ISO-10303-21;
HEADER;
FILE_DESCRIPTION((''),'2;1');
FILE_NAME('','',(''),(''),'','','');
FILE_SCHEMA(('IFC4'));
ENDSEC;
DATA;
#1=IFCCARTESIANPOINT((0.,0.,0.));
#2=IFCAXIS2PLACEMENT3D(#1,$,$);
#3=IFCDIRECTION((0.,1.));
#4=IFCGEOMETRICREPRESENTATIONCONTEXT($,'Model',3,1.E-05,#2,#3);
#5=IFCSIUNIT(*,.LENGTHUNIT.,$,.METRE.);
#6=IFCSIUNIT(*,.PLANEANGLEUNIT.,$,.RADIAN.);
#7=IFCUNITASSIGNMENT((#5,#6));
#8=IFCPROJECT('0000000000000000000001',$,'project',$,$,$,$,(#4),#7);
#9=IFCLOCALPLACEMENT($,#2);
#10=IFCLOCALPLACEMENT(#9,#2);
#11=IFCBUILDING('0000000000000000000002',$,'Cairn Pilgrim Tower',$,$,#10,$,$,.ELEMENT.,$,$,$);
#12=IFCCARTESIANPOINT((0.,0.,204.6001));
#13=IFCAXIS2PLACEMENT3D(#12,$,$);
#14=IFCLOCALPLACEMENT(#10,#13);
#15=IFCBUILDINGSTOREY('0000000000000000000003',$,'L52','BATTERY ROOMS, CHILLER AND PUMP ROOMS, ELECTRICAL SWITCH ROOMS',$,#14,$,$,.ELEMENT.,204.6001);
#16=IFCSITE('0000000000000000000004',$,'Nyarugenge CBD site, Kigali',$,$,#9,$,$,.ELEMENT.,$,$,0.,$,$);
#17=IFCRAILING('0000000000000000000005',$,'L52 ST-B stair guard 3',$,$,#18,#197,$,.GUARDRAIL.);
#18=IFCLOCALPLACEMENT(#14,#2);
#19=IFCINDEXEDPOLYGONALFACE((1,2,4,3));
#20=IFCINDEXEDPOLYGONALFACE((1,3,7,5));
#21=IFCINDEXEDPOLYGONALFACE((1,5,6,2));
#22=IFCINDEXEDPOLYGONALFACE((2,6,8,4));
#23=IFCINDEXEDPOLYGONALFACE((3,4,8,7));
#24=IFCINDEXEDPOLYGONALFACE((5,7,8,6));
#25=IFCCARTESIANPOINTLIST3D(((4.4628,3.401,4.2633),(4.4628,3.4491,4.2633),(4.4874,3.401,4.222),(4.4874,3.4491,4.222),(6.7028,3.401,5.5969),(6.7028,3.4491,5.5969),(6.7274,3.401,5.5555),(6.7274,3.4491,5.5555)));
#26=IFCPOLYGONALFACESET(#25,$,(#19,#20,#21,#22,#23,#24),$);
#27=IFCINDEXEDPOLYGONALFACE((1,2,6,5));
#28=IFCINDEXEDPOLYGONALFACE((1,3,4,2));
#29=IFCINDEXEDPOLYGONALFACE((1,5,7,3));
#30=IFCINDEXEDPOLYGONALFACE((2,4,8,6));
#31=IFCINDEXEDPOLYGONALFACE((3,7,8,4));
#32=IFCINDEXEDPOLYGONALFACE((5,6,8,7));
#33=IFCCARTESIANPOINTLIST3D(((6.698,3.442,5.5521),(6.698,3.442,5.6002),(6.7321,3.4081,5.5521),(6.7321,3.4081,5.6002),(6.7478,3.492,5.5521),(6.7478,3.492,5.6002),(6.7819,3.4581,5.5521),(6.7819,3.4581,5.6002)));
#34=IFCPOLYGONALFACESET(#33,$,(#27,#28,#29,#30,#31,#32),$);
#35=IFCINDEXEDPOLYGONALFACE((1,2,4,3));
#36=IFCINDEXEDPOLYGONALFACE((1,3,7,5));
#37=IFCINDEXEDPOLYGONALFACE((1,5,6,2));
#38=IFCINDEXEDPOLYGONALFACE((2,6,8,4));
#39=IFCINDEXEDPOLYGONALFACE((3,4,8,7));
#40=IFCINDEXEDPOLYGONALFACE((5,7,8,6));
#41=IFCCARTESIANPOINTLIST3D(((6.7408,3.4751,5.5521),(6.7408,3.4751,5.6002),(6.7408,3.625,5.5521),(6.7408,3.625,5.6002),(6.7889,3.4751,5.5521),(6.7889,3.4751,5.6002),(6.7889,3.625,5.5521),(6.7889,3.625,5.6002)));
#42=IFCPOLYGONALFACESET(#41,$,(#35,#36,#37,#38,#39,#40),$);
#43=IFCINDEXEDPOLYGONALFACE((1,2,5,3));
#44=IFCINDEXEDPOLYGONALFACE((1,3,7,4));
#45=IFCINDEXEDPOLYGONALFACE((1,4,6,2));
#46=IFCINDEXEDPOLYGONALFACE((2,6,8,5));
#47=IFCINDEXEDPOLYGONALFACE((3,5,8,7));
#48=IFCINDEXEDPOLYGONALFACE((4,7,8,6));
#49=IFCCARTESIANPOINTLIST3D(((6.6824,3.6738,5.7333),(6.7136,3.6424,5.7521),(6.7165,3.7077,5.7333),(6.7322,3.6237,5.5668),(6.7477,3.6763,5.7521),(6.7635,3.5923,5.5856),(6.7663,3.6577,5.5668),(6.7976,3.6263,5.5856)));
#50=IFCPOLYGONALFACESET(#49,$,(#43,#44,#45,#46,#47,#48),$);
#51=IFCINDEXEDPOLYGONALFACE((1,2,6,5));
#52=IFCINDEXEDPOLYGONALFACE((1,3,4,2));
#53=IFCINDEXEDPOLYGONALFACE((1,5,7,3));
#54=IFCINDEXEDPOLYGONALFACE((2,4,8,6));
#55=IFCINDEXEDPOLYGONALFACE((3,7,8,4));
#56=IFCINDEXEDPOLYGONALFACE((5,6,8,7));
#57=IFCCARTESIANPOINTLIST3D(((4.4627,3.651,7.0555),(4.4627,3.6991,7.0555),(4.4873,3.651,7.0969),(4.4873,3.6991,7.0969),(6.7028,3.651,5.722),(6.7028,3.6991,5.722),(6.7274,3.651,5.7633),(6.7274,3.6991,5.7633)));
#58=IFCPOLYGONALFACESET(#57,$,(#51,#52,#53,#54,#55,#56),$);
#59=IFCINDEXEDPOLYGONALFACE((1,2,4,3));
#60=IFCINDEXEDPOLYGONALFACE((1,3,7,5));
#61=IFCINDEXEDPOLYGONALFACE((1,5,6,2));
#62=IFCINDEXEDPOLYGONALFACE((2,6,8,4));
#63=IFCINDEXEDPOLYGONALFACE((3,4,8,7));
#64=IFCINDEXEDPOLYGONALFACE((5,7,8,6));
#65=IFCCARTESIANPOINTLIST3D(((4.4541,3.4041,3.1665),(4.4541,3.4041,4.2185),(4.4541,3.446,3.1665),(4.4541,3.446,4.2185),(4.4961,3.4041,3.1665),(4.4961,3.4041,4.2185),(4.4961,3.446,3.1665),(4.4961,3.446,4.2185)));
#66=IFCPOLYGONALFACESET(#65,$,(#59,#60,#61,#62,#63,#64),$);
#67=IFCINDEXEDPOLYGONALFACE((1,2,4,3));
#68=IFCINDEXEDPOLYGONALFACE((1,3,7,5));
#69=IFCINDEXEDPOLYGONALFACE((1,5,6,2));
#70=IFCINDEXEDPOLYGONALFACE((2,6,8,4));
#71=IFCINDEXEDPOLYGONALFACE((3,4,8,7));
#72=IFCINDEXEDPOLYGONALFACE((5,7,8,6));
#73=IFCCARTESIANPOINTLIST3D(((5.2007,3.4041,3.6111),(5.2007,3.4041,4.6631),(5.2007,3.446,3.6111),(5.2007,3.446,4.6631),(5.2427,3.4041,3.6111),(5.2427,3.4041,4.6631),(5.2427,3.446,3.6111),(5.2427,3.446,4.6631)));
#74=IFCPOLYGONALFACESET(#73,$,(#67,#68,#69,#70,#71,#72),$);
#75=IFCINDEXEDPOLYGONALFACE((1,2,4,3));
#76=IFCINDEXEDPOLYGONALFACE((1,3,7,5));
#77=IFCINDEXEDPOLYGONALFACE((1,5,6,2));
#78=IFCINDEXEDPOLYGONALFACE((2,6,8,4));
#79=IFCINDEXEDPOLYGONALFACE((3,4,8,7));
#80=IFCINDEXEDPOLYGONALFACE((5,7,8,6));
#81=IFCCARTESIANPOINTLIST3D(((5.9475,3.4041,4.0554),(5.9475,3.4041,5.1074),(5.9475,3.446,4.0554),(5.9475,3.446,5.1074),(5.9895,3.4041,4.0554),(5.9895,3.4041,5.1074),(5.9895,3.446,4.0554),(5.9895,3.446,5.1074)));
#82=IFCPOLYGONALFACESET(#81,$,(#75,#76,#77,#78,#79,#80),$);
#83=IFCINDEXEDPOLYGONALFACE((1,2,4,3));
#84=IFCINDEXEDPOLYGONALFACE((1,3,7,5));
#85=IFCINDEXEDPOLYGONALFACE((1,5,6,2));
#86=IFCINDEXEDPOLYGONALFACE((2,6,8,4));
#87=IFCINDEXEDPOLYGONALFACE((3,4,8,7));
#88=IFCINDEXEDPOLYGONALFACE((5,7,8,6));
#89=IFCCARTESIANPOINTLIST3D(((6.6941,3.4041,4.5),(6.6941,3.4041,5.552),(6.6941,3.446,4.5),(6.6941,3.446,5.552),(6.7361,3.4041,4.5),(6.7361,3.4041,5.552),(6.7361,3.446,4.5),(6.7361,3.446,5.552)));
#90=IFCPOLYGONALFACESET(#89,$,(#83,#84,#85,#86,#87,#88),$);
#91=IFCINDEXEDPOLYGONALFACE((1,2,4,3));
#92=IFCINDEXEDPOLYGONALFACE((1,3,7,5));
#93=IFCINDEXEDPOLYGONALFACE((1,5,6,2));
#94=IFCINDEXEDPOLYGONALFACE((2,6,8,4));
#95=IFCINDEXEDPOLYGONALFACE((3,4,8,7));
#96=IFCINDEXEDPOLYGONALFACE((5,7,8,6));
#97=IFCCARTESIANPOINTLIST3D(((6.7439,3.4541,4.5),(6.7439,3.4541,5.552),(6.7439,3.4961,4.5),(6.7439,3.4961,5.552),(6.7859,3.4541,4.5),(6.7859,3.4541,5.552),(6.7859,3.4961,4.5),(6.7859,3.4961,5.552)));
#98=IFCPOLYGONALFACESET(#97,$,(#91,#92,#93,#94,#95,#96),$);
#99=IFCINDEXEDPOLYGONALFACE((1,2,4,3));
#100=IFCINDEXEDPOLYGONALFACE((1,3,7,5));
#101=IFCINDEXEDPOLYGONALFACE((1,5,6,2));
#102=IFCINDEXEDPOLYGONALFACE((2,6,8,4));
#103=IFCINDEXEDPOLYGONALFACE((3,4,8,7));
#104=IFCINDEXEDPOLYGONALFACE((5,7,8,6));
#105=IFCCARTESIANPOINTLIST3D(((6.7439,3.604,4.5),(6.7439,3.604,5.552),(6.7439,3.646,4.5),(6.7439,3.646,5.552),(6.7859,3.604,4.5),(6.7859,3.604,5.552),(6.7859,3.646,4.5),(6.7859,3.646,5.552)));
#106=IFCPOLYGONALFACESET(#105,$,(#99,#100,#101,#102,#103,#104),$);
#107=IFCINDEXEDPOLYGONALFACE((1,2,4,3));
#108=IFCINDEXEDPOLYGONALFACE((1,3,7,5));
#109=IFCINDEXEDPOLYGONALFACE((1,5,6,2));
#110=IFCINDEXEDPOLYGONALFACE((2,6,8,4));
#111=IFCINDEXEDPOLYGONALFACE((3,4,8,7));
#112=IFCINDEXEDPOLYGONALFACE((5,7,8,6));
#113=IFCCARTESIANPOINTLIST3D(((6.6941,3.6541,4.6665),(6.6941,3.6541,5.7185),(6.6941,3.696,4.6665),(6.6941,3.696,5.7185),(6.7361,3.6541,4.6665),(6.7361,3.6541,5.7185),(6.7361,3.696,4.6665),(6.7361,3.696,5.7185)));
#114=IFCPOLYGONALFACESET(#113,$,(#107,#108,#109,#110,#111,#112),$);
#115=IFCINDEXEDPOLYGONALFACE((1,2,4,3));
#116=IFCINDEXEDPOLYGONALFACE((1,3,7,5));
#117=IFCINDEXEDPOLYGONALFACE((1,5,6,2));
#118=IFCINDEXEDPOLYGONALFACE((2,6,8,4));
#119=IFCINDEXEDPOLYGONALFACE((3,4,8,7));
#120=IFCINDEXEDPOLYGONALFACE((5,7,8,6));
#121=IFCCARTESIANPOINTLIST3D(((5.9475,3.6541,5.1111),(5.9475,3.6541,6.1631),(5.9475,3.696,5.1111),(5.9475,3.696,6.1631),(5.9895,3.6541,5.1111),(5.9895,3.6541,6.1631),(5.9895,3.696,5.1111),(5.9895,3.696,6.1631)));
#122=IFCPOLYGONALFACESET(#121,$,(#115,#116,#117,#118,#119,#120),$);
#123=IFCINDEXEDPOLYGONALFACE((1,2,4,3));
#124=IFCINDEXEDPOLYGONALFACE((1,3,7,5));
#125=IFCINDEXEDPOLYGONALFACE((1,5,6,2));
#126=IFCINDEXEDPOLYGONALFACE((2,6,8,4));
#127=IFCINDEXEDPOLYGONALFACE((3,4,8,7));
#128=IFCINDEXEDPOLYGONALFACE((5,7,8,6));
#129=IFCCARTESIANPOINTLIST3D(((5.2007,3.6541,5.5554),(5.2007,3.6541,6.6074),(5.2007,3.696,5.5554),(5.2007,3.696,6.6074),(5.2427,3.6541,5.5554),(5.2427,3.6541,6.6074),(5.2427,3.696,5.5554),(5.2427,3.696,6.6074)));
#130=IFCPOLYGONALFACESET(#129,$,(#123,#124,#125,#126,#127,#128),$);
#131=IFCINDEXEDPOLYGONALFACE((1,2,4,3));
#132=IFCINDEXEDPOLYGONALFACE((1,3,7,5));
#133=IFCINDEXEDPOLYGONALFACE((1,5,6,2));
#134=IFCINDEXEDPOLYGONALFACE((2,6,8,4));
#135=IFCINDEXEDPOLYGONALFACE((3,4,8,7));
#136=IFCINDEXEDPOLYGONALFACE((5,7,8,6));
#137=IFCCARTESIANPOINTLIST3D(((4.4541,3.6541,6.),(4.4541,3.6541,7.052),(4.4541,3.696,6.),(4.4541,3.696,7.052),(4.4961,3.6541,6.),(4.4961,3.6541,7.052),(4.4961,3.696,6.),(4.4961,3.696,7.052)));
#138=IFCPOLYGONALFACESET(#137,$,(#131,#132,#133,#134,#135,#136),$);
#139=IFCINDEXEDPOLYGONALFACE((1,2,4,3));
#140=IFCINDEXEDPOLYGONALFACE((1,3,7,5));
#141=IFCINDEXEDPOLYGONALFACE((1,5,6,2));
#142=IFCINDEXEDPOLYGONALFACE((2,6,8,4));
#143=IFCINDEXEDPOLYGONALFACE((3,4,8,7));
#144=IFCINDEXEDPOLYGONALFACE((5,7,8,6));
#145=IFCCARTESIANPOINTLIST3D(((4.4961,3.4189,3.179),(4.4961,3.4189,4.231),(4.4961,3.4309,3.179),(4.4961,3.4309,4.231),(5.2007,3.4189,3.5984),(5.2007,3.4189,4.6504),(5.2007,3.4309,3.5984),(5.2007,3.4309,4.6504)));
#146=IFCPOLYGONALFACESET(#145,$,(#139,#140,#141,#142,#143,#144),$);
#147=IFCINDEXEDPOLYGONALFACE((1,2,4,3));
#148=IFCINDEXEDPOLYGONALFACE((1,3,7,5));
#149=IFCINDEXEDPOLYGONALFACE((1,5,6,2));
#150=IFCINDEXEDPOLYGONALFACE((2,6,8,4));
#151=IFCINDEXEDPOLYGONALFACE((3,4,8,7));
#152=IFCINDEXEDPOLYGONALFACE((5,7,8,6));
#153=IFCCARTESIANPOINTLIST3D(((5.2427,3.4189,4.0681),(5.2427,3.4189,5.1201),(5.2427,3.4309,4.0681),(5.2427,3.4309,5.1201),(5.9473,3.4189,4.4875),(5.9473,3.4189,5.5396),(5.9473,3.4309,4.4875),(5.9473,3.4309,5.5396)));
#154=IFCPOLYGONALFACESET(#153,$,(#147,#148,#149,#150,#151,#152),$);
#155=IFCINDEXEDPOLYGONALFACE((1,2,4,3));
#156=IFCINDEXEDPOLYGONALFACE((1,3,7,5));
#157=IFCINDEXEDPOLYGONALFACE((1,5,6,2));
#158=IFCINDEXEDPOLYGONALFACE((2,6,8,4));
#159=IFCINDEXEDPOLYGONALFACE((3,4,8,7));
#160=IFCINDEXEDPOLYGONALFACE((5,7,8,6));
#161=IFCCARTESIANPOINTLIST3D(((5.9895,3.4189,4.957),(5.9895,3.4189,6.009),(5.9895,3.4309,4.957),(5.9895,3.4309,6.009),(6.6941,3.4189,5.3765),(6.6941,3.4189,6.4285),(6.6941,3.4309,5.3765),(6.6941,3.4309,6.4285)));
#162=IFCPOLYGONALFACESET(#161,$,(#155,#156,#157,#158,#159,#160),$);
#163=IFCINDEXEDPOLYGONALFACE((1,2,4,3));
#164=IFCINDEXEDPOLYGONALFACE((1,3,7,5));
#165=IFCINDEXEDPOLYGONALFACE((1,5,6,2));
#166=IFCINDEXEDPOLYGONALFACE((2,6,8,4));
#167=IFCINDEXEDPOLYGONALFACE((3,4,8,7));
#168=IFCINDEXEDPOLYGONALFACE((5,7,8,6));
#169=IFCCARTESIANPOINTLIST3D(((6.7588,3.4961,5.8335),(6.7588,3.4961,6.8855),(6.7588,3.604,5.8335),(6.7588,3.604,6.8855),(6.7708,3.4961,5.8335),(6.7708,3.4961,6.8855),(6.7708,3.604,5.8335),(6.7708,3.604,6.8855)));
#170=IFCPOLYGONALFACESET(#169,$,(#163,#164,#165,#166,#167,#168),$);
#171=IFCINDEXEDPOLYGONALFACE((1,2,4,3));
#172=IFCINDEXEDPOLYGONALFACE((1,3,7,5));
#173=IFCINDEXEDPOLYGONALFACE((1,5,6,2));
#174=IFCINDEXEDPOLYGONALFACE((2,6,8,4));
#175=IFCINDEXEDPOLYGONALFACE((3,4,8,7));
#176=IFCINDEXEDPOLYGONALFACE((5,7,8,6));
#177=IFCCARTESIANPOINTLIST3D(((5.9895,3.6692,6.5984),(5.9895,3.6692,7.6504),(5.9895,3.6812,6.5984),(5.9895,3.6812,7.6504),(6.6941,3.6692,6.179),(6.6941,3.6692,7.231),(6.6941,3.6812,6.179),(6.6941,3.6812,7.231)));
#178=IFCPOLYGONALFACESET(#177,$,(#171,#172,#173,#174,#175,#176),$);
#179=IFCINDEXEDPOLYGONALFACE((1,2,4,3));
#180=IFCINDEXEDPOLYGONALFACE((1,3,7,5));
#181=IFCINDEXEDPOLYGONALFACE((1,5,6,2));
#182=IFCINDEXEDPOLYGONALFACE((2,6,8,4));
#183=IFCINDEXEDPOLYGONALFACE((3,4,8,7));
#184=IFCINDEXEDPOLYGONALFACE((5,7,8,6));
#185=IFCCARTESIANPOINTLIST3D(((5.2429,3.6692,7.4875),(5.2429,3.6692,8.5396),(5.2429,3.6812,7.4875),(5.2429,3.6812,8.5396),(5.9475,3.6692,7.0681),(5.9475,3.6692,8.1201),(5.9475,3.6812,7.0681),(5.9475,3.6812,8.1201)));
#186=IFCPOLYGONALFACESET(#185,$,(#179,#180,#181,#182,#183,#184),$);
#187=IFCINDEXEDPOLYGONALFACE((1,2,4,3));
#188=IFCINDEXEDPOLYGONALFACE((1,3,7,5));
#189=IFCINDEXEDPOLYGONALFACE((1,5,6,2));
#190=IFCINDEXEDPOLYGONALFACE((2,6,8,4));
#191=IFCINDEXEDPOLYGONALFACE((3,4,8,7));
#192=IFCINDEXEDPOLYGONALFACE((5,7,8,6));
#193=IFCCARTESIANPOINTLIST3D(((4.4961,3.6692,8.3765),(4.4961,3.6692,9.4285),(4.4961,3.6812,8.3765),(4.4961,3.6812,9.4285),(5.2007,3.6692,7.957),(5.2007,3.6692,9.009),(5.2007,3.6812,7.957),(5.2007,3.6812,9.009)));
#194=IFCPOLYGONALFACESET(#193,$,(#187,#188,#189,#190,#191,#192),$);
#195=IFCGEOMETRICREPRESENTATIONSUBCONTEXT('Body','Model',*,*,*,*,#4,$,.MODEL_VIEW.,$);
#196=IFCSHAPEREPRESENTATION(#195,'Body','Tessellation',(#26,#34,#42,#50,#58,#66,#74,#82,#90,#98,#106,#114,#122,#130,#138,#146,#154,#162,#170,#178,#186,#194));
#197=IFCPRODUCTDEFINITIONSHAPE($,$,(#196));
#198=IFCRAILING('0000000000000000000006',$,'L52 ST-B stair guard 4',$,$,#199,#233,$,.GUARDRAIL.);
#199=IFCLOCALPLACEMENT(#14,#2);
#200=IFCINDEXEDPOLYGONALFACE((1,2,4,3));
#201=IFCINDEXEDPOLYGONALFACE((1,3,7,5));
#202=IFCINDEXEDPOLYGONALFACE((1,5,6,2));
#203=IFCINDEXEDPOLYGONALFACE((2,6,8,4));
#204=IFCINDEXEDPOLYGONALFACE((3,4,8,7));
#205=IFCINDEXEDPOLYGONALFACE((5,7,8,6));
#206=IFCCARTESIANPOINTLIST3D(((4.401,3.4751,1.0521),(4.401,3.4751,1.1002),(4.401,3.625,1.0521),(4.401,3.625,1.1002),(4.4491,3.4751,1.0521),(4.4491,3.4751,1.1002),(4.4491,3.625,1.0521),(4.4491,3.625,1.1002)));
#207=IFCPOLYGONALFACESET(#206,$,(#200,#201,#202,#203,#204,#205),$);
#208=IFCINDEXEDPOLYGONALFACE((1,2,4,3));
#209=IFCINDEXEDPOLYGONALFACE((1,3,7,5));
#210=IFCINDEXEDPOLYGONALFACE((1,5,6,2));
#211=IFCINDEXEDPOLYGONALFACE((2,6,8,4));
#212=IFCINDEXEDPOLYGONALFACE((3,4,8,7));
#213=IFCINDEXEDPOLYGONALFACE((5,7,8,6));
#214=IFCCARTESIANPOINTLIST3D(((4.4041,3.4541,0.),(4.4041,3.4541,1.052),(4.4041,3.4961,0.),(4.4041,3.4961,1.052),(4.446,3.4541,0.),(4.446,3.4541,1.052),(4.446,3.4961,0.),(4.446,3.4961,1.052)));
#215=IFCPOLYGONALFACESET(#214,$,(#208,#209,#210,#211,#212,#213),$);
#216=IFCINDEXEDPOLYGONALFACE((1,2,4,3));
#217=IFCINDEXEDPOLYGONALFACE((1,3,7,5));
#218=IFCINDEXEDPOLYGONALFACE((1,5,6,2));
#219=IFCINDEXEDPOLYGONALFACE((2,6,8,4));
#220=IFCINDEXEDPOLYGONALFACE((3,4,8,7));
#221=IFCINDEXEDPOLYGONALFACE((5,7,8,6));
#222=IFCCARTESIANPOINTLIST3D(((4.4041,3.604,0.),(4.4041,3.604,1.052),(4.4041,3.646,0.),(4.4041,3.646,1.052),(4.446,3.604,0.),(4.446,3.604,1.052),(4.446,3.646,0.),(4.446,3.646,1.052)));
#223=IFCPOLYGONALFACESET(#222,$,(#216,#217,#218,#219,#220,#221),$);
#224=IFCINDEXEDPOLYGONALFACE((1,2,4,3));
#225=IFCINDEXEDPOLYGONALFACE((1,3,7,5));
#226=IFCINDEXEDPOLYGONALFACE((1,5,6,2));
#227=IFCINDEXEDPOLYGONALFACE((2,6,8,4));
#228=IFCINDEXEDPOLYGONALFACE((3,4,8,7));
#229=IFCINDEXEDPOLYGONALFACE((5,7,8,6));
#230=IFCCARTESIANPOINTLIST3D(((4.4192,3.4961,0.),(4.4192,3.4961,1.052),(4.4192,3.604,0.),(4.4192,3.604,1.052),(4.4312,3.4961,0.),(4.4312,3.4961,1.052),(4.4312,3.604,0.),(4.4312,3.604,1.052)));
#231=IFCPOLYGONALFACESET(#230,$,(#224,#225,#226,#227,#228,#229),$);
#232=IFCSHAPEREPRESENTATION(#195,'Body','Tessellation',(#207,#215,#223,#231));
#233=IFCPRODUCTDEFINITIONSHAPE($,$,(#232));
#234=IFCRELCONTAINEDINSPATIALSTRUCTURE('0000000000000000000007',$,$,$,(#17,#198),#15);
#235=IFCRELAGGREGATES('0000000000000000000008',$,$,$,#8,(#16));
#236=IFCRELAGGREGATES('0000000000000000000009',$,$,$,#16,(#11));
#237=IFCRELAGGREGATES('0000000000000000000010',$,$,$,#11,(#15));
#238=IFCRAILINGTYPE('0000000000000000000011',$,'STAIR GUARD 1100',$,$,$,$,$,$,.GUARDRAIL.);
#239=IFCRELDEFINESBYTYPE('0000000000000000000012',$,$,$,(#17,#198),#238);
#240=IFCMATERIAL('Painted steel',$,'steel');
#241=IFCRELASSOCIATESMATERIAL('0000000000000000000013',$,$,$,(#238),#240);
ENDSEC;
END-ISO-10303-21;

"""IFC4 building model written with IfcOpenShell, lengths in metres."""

from ifc_helpers import new_model, si_unit, direction, frame, origin, origin_2d, place, context, subcontext, project, spatial, polyline, rectangle, outline, extrude, material, type_object, element, save


model = new_model("IFC4")

# Units and contexts
model_context = context("Model", 3, precision=1e-05, world=origin(), true_north=direction((0.0, 1.0)))
body_context = subcontext(model_context, "Body", "Model", "MODEL_VIEW")
ifc_project = project(units=[si_unit("LENGTHUNIT", "METRE"), si_unit("PLANEANGLEUNIT", "RADIAN")], contexts=[model_context])

# Site, building, storey
site_placement = place(None, origin())
site = spatial("IfcSite", under=ifc_project, at=site_placement, Name="Nyarugenge CBD site, Kigali", CompositionType="ELEMENT", RefElevation=0.0)
building_placement = place(site_placement, origin())
building = spatial("IfcBuilding", under=site, at=building_placement, Name="Cairn Pilgrim Tower", CompositionType="ELEMENT")
storey_placement = place(building_placement, frame((0.0, 0.0, 204.6001)))
storey = spatial("IfcBuildingStorey", under=building, at=storey_placement, Name="L52", Description="BATTERY ROOMS, CHILLER AND PUMP ROOMS, ELECTRICAL SWITCH ROOMS", CompositionType="ELEMENT", Elevation=204.6001)

# Shared definitions
ifc_material_1 = material(Name="Painted steel", Category="steel")

# Railings
railing_type_1 = type_object("IfcRailingType", Name="STAIR GUARD 1100", PredefinedType="GUARDRAIL", material=ifc_material_1)
railing_1_placement = place(storey_placement, frame((4.4751, 3.425, 3.1665)))
element("IfcRailing", 1, at=railing_1_placement, inside=storey, type_object=railing_type_1, Name="L52 ST-B stair guard 3", PredefinedType="GUARDRAIL", context=body_context, shape_type="SweptSolid", body=[
    extrude(rectangle(XDim=0.0481, YDim=0.0481, at=origin_2d()), frame((0.0, 0.0, 1.0762), z_axis=(0.859264, 0.0, 0.511532), x_axis=(0.0, 1.0, 0.0)), (0.0, 0.0, 1.0), 2.6069),
    extrude(rectangle(XDim=0.0481, YDim=0.0481, at=origin_2d()), frame((2.24, 0.0, 2.4097), z_axis=(0.705376, 0.708834, 0.0), x_axis=(-0.708834, 0.705376, 0.0)), (0.0, 0.0, 1.0), 0.0706),
    extrude(rectangle(XDim=0.0481, YDim=0.0481, at=origin_2d()), frame((2.2898, 0.05, 2.4097), z_axis=(0.0, 1.0, 0.0), x_axis=(-1.0, 0.0, 0.0)), (0.0, 0.0, 1.0), 0.1499),
    extrude(rectangle(XDim=0.0481, YDim=0.0481, at=origin_2d()), frame((2.2898, 0.2, 2.4097), z_axis=(-0.275383, 0.276733, 0.920643), x_axis=(-0.708834, -0.705376, 0.0)), (0.0, 0.0, 1.0), 0.1809),
    extrude(rectangle(XDim=0.0481, YDim=0.0481, at=origin_2d()), frame((2.24, 0.25, 2.5762), z_axis=(-0.859264, 0.0, 0.511532), x_axis=(0.0, -1.0, 0.0)), (0.0, 0.0, 1.0), 2.6069),
    extrude(rectangle(XDim=0.042, YDim=0.042, at=origin_2d()), origin(), (0.0, 0.0, 1.0), 1.052),
    extrude(rectangle(XDim=0.042, YDim=0.042, at=origin_2d()), frame((0.7466, 0.0, 0.4446)), (0.0, 0.0, 1.0), 1.052),
    extrude(rectangle(XDim=0.042, YDim=0.042, at=origin_2d()), frame((1.4934, 0.0, 0.8889)), (0.0, 0.0, 1.0), 1.052),
    extrude(rectangle(XDim=0.042, YDim=0.042, at=origin_2d()), frame((2.24, 0.0, 1.3335)), (0.0, 0.0, 1.0), 1.052),
    extrude(rectangle(XDim=0.042, YDim=0.042, at=origin_2d()), frame((2.2898, 0.05, 1.3335)), (0.0, 0.0, 1.0), 1.052),
    extrude(rectangle(XDim=0.042, YDim=0.042, at=origin_2d()), frame((2.2898, 0.2, 1.3335)), (0.0, 0.0, 1.0), 1.052),
    extrude(rectangle(XDim=0.042, YDim=0.042, at=origin_2d()), frame((2.24, 0.25, 1.5)), (0.0, 0.0, 1.0), 1.052),
    extrude(rectangle(XDim=0.042, YDim=0.042, at=origin_2d()), frame((1.4934, 0.25, 1.9446)), (0.0, 0.0, 1.0), 1.052),
    extrude(rectangle(XDim=0.042, YDim=0.042, at=origin_2d()), frame((0.7466, 0.25, 2.3889)), (0.0, 0.0, 1.0), 1.052),
    extrude(rectangle(XDim=0.042, YDim=0.042, at=origin_2d()), frame((0.0, 0.25, 2.8335)), (0.0, 0.0, 1.0), 1.052),
    extrude(outline(polyline([(0.021, 0.0125), (0.7256, 0.4319), (0.7256, 1.4839), (0.021, 1.0645), (0.021, 0.0125)])), frame((0.0, 0.0059, 0.0), z_axis=(0.0, -1.0, 0.0), x_axis=(1.0, 0.0, 0.0)), (0.0, 0.0, 1.0), 0.012),
    extrude(outline(polyline([(0.021, 0.457), (0.7256, 0.8765), (0.7256, 1.9285), (0.021, 1.509), (0.021, 0.457)])), frame((0.7466, 0.0059, 0.4446), z_axis=(0.0, -1.0, 0.0), x_axis=(1.0, 0.0, 0.0)), (0.0, 0.0, 1.0), 0.012),
    extrude(outline(polyline([(0.021, 0.9016), (0.7256, 1.321), (0.7256, 2.373), (0.021, 1.9536), (0.021, 0.9016)])), frame((1.4934, 0.0059, 0.8889), z_axis=(0.0, -1.0, 0.0), x_axis=(1.0, 0.0, 0.0)), (0.0, 0.0, 1.0), 0.012),
    extrude(outline(polyline([(0.021, 1.3335), (0.1289, 1.3335), (0.1289, 2.3855), (0.021, 2.3855), (0.021, 1.3335)])), frame((2.2837, 0.05, 1.3335), z_axis=(1.0, 0.0, 0.0), x_axis=(0.0, 1.0, 0.0)), (0.0, 0.0, 1.0), 0.012),
    extrude(outline(polyline([(0.021, 1.5125), (0.7256, 1.9319), (0.7256, 2.9839), (0.021, 2.5645), (0.021, 1.5125)])), frame((2.24, 0.2441, 1.5), z_axis=(0.0, 1.0, 0.0), x_axis=(-1.0, 0.0, 0.0)), (0.0, 0.0, 1.0), 0.012),
    extrude(outline(polyline([(0.021, 1.957), (0.7256, 2.3765), (0.7256, 3.4285), (0.021, 3.009), (0.021, 1.957)])), frame((1.4934, 0.2441, 1.9446), z_axis=(0.0, 1.0, 0.0), x_axis=(-1.0, 0.0, 0.0)), (0.0, 0.0, 1.0), 0.012),
    extrude(outline(polyline([(0.021, 2.4016), (0.7256, 2.821), (0.7256, 3.873), (0.021, 3.4536), (0.021, 2.4016)])), frame((0.7466, 0.2441, 2.3889), z_axis=(0.0, 1.0, 0.0), x_axis=(-1.0, 0.0, 0.0)), (0.0, 0.0, 1.0), 0.012),
])
railing_2_placement = place(storey_placement, frame((4.425, 3.4751, 0.0)))
element("IfcRailing", 2, at=railing_2_placement, inside=storey, type_object=railing_type_1, Name="L52 ST-B stair guard 4", PredefinedType="GUARDRAIL", context=body_context, shape_type="SweptSolid", body=[
    extrude(rectangle(XDim=0.0481, YDim=0.0481, at=origin_2d()), frame((0.0, 0.0, 1.0762), z_axis=(0.0, 1.0, 0.0), x_axis=(-1.0, 0.0, 0.0)), (0.0, 0.0, 1.0), 0.1499),
    extrude(rectangle(XDim=0.042, YDim=0.042, at=origin_2d()), origin(), (0.0, 0.0, 1.0), 1.052),
    extrude(rectangle(XDim=0.042, YDim=0.042, at=origin_2d()), frame((0.0, 0.1499, 0.0)), (0.0, 0.0, 1.0), 1.052),
    extrude(outline(polyline([(0.021, 0.0), (0.1289, 0.0), (0.1289, 1.052), (0.021, 1.052), (0.021, 0.0)])), frame((-0.0059, 0.0, 0.0), z_axis=(1.0, 0.0, 0.0), x_axis=(0.0, 1.0, 0.0)), (0.0, 0.0, 1.0), 0.012),
])

save(model, "model.ifc")
